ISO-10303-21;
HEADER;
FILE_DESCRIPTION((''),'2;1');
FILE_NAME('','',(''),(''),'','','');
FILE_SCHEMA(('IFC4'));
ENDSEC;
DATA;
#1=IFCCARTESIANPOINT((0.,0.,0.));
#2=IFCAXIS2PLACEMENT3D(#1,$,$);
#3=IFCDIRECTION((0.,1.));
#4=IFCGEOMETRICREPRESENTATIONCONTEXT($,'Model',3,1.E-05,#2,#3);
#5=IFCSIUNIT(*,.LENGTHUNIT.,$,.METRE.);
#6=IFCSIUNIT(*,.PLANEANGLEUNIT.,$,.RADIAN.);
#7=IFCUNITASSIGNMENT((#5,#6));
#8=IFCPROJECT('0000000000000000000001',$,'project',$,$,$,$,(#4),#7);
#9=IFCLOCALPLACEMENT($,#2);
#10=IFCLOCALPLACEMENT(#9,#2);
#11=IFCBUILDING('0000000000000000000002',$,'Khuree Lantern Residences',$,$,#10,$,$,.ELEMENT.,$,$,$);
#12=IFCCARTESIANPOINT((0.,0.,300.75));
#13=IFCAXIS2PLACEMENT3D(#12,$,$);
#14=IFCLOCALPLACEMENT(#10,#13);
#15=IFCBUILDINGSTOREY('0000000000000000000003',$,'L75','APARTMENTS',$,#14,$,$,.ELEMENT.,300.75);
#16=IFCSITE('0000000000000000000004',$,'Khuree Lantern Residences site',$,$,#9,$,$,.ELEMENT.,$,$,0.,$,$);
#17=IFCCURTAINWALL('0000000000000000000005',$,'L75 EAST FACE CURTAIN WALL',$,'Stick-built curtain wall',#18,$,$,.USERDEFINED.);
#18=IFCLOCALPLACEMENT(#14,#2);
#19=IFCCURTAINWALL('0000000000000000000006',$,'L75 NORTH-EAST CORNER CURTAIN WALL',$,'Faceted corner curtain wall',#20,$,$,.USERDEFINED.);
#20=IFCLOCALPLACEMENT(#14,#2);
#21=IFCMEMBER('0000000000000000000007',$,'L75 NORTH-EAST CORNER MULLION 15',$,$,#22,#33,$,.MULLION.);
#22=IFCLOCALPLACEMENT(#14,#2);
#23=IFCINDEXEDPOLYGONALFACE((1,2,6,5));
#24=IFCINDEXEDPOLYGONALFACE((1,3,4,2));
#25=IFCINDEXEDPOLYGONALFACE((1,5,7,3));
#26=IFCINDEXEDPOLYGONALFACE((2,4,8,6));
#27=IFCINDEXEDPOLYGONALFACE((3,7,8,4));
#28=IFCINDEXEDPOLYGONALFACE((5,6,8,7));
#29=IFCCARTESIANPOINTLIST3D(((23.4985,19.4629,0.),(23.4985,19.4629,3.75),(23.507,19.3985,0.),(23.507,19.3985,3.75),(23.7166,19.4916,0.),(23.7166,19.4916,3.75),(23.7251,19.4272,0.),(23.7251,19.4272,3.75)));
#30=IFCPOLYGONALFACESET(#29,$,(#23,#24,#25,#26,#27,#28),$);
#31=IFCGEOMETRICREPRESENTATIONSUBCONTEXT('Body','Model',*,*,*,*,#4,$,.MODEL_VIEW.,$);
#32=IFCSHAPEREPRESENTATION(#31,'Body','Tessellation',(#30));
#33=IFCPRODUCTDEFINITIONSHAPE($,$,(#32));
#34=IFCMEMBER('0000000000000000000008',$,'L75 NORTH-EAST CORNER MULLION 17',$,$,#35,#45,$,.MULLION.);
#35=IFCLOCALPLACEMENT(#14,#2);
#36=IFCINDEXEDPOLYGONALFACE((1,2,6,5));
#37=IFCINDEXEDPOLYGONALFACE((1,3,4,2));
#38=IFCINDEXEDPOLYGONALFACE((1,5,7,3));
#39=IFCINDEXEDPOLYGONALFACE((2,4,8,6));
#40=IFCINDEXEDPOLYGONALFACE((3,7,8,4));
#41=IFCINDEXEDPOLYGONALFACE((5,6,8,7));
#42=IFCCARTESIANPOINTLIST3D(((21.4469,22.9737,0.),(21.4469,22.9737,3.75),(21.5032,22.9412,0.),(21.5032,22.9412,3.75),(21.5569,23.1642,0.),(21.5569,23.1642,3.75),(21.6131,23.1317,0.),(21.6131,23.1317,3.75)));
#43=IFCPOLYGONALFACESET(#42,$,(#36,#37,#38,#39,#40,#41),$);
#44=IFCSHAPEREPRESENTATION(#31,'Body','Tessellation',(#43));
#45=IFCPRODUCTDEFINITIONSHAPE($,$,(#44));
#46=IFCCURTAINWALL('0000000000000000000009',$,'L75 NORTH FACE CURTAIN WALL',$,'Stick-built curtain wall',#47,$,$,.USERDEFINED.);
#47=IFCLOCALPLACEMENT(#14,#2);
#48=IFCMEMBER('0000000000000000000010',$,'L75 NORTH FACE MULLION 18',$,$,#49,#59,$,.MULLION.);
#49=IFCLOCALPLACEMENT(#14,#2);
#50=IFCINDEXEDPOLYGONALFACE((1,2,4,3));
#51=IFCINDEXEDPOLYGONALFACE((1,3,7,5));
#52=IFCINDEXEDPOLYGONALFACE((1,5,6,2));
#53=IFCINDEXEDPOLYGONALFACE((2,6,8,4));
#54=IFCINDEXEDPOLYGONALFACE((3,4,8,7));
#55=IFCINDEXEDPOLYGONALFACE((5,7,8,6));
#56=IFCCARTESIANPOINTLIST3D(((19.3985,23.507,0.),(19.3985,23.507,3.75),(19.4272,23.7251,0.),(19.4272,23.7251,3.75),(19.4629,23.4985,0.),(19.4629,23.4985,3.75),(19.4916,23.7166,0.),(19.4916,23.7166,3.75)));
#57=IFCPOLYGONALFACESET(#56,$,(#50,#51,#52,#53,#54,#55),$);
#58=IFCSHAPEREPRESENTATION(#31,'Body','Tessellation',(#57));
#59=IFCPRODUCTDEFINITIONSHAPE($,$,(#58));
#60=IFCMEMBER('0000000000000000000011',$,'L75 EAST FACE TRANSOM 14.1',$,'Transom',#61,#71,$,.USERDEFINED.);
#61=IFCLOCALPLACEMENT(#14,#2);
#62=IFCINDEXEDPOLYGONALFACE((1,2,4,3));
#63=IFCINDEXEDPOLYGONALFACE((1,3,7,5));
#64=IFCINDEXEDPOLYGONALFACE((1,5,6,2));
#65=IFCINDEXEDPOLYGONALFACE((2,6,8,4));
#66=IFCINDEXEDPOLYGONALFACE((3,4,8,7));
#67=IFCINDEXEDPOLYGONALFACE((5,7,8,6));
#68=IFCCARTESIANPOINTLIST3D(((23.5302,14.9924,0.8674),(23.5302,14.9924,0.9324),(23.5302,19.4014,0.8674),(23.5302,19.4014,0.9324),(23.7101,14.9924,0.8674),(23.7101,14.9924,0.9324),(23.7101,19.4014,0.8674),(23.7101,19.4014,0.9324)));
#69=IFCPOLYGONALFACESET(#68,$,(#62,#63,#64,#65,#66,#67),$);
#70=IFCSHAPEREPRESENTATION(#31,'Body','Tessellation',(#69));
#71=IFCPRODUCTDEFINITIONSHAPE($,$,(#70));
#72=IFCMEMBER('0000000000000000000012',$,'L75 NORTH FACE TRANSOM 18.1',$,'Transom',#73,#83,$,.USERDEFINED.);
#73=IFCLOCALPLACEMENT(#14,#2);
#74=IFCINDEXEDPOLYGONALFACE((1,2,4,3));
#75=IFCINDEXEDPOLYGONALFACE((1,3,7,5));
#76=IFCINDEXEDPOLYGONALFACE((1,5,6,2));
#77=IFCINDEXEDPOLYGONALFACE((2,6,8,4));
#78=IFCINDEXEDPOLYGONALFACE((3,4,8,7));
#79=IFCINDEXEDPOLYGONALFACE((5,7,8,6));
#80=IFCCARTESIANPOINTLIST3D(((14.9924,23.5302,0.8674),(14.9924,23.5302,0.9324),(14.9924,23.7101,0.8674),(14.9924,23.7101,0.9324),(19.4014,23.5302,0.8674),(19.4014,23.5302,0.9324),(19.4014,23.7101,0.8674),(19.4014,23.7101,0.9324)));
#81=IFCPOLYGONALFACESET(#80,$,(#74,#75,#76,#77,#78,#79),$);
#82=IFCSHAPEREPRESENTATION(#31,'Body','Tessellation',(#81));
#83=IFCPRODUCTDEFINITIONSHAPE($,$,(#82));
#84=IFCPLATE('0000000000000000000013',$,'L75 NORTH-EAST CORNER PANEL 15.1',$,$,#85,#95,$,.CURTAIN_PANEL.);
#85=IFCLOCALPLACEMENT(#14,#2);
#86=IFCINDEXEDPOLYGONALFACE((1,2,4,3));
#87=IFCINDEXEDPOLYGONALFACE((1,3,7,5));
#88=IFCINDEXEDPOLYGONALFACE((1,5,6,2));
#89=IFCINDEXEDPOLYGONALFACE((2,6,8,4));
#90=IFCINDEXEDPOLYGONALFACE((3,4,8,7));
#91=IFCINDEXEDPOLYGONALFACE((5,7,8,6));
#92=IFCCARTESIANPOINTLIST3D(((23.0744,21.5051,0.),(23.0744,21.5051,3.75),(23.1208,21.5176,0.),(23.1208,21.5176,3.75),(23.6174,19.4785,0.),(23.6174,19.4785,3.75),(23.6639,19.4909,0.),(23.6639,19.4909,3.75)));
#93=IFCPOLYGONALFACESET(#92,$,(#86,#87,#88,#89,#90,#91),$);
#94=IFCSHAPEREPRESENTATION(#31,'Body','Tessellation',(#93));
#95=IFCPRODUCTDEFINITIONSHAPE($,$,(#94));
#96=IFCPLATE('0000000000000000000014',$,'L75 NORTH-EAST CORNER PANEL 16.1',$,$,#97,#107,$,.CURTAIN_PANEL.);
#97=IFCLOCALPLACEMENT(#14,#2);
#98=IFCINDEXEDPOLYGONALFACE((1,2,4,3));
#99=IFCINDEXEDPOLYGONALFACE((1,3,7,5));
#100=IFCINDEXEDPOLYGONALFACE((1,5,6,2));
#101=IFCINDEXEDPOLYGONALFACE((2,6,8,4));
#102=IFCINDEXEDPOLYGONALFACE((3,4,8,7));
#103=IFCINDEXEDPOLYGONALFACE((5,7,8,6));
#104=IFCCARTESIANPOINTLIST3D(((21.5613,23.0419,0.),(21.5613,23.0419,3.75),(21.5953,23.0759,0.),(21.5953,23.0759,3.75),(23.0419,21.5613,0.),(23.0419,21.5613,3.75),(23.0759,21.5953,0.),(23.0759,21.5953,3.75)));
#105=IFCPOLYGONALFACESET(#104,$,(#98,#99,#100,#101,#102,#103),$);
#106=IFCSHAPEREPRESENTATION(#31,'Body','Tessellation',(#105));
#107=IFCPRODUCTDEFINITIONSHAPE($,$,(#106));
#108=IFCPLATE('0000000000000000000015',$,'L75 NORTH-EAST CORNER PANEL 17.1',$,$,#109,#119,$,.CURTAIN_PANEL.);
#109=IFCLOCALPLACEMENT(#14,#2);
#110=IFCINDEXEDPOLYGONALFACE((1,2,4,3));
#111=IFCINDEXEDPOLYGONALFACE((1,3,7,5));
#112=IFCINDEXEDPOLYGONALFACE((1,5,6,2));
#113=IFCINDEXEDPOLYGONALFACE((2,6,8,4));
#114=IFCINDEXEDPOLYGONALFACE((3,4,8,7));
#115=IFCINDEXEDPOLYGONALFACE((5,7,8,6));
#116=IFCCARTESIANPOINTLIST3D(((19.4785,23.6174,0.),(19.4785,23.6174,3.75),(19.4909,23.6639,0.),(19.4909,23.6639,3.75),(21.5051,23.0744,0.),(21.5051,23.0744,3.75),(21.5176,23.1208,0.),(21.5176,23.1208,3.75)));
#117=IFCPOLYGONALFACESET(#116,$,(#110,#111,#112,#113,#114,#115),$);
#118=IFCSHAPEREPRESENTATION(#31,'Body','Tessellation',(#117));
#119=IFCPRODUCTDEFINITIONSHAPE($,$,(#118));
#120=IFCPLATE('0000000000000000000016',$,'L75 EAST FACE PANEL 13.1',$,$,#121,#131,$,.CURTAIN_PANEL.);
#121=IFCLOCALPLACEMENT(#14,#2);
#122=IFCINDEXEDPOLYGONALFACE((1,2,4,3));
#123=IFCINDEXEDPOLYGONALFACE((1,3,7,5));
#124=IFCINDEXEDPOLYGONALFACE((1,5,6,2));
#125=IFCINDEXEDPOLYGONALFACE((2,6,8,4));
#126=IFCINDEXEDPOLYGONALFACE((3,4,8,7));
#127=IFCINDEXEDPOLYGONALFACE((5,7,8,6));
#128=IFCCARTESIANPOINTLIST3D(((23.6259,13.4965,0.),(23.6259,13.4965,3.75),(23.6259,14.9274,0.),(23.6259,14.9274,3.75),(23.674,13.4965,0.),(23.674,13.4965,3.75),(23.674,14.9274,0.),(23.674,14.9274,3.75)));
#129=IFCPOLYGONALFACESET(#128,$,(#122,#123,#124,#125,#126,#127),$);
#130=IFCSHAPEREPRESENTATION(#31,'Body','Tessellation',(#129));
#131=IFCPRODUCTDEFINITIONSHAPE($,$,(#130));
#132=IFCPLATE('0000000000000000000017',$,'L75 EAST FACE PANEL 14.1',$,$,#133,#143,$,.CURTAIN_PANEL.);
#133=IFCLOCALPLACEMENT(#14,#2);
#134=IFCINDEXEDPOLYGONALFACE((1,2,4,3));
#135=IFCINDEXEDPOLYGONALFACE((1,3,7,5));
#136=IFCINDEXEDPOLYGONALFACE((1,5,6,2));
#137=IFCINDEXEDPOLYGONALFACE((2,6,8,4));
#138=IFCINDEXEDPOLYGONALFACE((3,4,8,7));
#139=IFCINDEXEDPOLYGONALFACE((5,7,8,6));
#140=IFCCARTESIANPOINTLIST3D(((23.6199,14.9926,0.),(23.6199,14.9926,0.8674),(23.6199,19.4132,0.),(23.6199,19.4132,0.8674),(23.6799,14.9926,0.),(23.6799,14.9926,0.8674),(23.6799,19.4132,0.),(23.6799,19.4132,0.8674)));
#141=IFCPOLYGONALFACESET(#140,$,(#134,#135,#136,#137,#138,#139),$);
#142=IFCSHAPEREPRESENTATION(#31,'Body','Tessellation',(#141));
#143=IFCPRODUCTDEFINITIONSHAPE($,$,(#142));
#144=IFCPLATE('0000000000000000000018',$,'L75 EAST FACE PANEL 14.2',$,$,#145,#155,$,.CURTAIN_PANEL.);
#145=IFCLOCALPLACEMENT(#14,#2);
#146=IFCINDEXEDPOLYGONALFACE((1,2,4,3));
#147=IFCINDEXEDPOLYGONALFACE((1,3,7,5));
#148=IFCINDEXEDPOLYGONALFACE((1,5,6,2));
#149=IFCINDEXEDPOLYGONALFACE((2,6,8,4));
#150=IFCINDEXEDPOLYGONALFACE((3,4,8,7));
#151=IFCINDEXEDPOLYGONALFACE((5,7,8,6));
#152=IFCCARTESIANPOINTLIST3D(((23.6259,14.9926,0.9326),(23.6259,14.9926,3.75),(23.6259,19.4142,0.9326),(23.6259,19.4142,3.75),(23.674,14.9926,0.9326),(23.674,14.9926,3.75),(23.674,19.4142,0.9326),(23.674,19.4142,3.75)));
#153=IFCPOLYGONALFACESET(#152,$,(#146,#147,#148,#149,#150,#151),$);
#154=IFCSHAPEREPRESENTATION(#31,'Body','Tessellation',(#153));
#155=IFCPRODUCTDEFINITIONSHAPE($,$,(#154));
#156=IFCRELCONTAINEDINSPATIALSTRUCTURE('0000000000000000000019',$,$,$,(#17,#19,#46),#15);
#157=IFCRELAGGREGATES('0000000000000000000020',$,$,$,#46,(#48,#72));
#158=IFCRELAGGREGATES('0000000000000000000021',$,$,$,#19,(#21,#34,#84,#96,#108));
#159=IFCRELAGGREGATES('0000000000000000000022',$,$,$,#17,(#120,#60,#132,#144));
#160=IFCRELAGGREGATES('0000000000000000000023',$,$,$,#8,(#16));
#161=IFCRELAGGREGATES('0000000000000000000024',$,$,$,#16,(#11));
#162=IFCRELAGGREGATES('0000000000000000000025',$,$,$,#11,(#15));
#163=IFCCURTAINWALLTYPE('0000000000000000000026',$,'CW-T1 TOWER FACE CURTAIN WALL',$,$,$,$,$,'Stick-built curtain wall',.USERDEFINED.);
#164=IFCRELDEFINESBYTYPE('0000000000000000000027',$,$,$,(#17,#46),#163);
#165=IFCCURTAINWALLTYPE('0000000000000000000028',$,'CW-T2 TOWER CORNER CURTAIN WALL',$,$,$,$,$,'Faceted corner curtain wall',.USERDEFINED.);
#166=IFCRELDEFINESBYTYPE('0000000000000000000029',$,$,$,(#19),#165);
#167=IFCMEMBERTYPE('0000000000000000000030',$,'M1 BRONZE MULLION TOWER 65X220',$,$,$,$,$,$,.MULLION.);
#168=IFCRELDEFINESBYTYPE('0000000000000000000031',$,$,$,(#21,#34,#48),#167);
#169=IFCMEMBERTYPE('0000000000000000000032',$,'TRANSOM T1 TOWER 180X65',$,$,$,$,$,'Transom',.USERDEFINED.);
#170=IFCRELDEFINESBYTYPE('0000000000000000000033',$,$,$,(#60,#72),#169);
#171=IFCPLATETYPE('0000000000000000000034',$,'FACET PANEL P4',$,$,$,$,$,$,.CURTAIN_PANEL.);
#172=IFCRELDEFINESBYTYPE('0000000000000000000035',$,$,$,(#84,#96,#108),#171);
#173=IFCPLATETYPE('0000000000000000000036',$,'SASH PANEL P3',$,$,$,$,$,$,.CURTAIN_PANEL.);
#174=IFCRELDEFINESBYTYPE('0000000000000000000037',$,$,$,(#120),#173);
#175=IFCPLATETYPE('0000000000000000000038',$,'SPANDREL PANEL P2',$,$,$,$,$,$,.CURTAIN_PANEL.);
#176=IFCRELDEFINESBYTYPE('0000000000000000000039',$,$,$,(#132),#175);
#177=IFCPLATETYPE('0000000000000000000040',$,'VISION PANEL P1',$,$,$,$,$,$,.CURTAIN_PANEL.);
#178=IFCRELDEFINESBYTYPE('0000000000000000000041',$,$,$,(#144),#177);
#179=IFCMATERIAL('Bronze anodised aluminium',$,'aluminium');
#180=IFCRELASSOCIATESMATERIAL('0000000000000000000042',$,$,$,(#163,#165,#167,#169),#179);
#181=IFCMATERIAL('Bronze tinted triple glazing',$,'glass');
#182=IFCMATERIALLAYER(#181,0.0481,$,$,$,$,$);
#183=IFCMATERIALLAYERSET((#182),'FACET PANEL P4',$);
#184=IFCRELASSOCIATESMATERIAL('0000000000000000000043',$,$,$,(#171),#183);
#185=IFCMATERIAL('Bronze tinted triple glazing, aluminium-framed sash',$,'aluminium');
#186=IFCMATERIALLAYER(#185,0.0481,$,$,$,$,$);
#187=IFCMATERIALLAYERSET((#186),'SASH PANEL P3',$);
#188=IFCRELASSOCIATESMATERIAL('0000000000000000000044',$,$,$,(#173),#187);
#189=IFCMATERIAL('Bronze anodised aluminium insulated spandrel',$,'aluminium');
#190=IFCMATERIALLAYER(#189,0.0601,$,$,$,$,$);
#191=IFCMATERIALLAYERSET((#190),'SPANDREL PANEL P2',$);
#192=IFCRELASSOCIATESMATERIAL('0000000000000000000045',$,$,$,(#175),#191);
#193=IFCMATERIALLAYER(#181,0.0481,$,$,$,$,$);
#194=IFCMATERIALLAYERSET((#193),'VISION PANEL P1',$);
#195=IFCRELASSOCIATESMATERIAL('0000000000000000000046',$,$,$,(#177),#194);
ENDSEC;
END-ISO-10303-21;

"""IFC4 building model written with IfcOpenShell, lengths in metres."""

from ifc_helpers import new_model, si_unit, direction, frame, origin, origin_2d, place, context, subcontext, project, spatial, rectangle, extrude, material, layer, layer_set, material_profile, profile_set, type_object, element, aggregate, save


model = new_model("IFC4")

# Units and contexts
model_context = context("Model", 3, precision=1e-05, world=origin(), true_north=direction((0.0, 1.0)))
body_context = subcontext(model_context, "Body", "Model", "MODEL_VIEW")
ifc_project = project(units=[si_unit("LENGTHUNIT", "METRE"), si_unit("PLANEANGLEUNIT", "RADIAN")], contexts=[model_context])

# Site, building, storey
site_placement = place(None, origin())
site = spatial("IfcSite", under=ifc_project, at=site_placement, Name="Khuree Lantern Residences site", CompositionType="ELEMENT", RefElevation=0.0)
building_placement = place(site_placement, origin())
building = spatial("IfcBuilding", under=site, at=building_placement, Name="Khuree Lantern Residences", CompositionType="ELEMENT")
storey_placement = place(building_placement, frame((0.0, 0.0, 300.75)))
storey = spatial("IfcBuildingStorey", under=building, at=storey_placement, Name="L75", Description="APARTMENTS", CompositionType="ELEMENT", Elevation=300.75)

# Curtain walls
ifc_material_1 = material(Name="Bronze anodised aluminium", Category="aluminium")
curtain_wall_type_1 = type_object("IfcCurtainWallType", Name="CW-T1 TOWER FACE CURTAIN WALL", ElementType="Stick-built curtain wall", PredefinedType="USERDEFINED", material=ifc_material_1)
curtain_wall_1_placement = place(storey_placement, origin())
curtain_wall_1 = element("IfcCurtainWall", 1, at=curtain_wall_1_placement, inside=storey, type_object=curtain_wall_type_1, Name="L75 EAST FACE CURTAIN WALL", ObjectType="Stick-built curtain wall", PredefinedType="USERDEFINED")
curtain_wall_type_2 = type_object("IfcCurtainWallType", Name="CW-T2 TOWER CORNER CURTAIN WALL", ElementType="Faceted corner curtain wall", PredefinedType="USERDEFINED", material=ifc_material_1)
curtain_wall_2_placement = place(storey_placement, origin())
curtain_wall_2 = element("IfcCurtainWall", 2, at=curtain_wall_2_placement, inside=storey, type_object=curtain_wall_type_2, Name="L75 NORTH-EAST CORNER CURTAIN WALL", ObjectType="Faceted corner curtain wall", PredefinedType="USERDEFINED")

# Members
ifc_material_profile_1 = material_profile(ifc_material_1, rectangle(XDim=0.0649, YDim=0.22, at=origin_2d()), Name="M1 65X220")
ifc_profile_set_1 = profile_set([ifc_material_profile_1], Name="Bronze anodised aluminium")
member_type_1 = type_object("IfcMemberType", Name="M1 BRONZE MULLION TOWER 65X220", PredefinedType="MULLION", material=ifc_profile_set_1)
member_1_placement = place(storey_placement, frame((23.6118, 19.4451, 0.0), z_axis=(0.0, 0.0, 1.0), x_axis=(-0.130526, 0.991445, 0.0)))
member_1 = element("IfcMember", 3, at=member_1_placement, type_object=member_type_1, Name="L75 NORTH-EAST CORNER MULLION 15", PredefinedType="MULLION", context=body_context, shape_type="SweptSolid", body=[
    extrude(rectangle(XDim=0.0649, YDim=0.22, at=origin_2d()), origin(), (0.0, 0.0, 1.0), 3.75),
])
member_2_placement = place(storey_placement, frame((21.53, 23.0527, 0.0), z_axis=(0.0, 0.0, 1.0), x_axis=(-0.866025, 0.5, 0.0)))
member_2 = element("IfcMember", 4, at=member_2_placement, type_object=member_type_1, Name="L75 NORTH-EAST CORNER MULLION 17", PredefinedType="MULLION", context=body_context, shape_type="SweptSolid", body=[
    extrude(rectangle(XDim=0.0649, YDim=0.22, at=origin_2d()), origin(), (0.0, 0.0, 1.0), 3.75),
])

# Curtain wall, member
curtain_wall_3_placement = place(storey_placement, origin())
curtain_wall_3 = element("IfcCurtainWall", 5, at=curtain_wall_3_placement, inside=storey, type_object=curtain_wall_type_1, Name="L75 NORTH FACE CURTAIN WALL", ObjectType="Stick-built curtain wall", PredefinedType="USERDEFINED")
member_3_placement = place(storey_placement, frame((19.4451, 23.6118, 0.0), z_axis=(0.0, 0.0, 1.0), x_axis=(-0.991445, 0.130526, 0.0)))
member_3 = element("IfcMember", 6, at=member_3_placement, type_object=member_type_1, Name="L75 NORTH FACE MULLION 18", PredefinedType="MULLION", context=body_context, shape_type="SweptSolid", body=[
    extrude(rectangle(XDim=0.0649, YDim=0.22, at=origin_2d()), origin(), (0.0, 0.0, 1.0), 3.75),
])

# Members
ifc_material_profile_2 = material_profile(ifc_material_1, rectangle(XDim=0.1799, YDim=0.0649, at=origin_2d()), Name="T1 180X65")
ifc_profile_set_2 = profile_set([ifc_material_profile_2], Name="Bronze anodised aluminium")
member_type_2 = type_object("IfcMemberType", Name="TRANSOM T1 TOWER 180X65", ElementType="Transom", PredefinedType="USERDEFINED", material=ifc_profile_set_2)
member_4_placement = place(storey_placement, frame((23.6201, 14.9924, 0.8999), z_axis=(0.0, 1.0, 0.0), x_axis=(-1.0, 0.0, 0.0)))
member_4 = element("IfcMember", 7, at=member_4_placement, type_object=member_type_2, Name="L75 EAST FACE TRANSOM 14.1", ObjectType="Transom", PredefinedType="USERDEFINED", context=body_context, shape_type="SweptSolid", body=[
    extrude(rectangle(XDim=0.1799, YDim=0.0649, at=origin_2d()), origin(), (0.0, 0.0, 1.0), 4.4089),
])
member_5_placement = place(storey_placement, frame((19.4014, 23.6201, 0.8999), z_axis=(-1.0, 0.0, 0.0), x_axis=(0.0, -1.0, 0.0)))
member_5 = element("IfcMember", 8, at=member_5_placement, type_object=member_type_2, Name="L75 NORTH FACE TRANSOM 18.1", ObjectType="Transom", PredefinedType="USERDEFINED", context=body_context, shape_type="SweptSolid", body=[
    extrude(rectangle(XDim=0.1799, YDim=0.0649, at=origin_2d()), origin(), (0.0, 0.0, 1.0), 4.4089),
])
aggregate(curtain_wall_3, [member_3, member_5])

# Plates
ifc_material_2 = material(Name="Bronze tinted triple glazing", Category="glass")
ifc_layer_1 = layer(ifc_material_2, 0.0481)
ifc_layer_set_1 = layer_set([ifc_layer_1], Name="FACET PANEL P4")
plate_type_1 = type_object("IfcPlateType", Name="FACET PANEL P4", PredefinedType="CURTAIN_PANEL", material=ifc_layer_set_1)
plate_1_placement = place(storey_placement, frame((23.3691, 20.498, 0.0), z_axis=(0.0, 0.0, 1.0), x_axis=(-0.258819, 0.965926, 0.0)))
plate_1 = element("IfcPlate", 9, at=plate_1_placement, type_object=plate_type_1, Name="L75 NORTH-EAST CORNER PANEL 15.1", PredefinedType="CURTAIN_PANEL", context=body_context, shape_type="SweptSolid", body=[
    extrude(rectangle(XDim=2.0981, YDim=0.0481, at=origin_2d()), origin(), (0.0, 0.0, 1.0), 3.75),
])
plate_2_placement = place(storey_placement, frame((22.3186, 22.3186, 0.0), z_axis=(0.0, 0.0, 1.0), x_axis=(-0.707107, 0.707107, 0.0)))
plate_2 = element("IfcPlate", 10, at=plate_2_placement, type_object=plate_type_1, Name="L75 NORTH-EAST CORNER PANEL 16.1", PredefinedType="CURTAIN_PANEL", context=body_context, shape_type="SweptSolid", body=[
    extrude(rectangle(XDim=2.094, YDim=0.0481, at=origin_2d()), origin(), (0.0, 0.0, 1.0), 3.75),
])
plate_3_placement = place(storey_placement, frame((20.498, 23.3691, 0.0), z_axis=(0.0, 0.0, 1.0), x_axis=(-0.965926, 0.258819, 0.0)))
plate_3 = element("IfcPlate", 11, at=plate_3_placement, type_object=plate_type_1, Name="L75 NORTH-EAST CORNER PANEL 17.1", PredefinedType="CURTAIN_PANEL", context=body_context, shape_type="SweptSolid", body=[
    extrude(rectangle(XDim=2.0981, YDim=0.0481, at=origin_2d()), origin(), (0.0, 0.0, 1.0), 3.75),
])
aggregate(curtain_wall_2, [member_1, member_2, plate_1, plate_2, plate_3])
ifc_material_3 = material(Name="Bronze tinted triple glazing, aluminium-framed sash", Category="aluminium")
ifc_layer_2 = layer(ifc_material_3, 0.0481)
ifc_layer_set_2 = layer_set([ifc_layer_2], Name="SASH PANEL P3")
plate_type_2 = type_object("IfcPlateType", Name="SASH PANEL P3", PredefinedType="CURTAIN_PANEL", material=ifc_layer_set_2)
plate_4_placement = place(storey_placement, frame((23.6499, 14.2119, 0.0), z_axis=(0.0, 0.0, 1.0), x_axis=(0.0, 1.0, 0.0)))
plate_4 = element("IfcPlate", 12, at=plate_4_placement, type_object=plate_type_2, Name="L75 EAST FACE PANEL 13.1", PredefinedType="CURTAIN_PANEL", context=body_context, shape_type="SweptSolid", body=[
    extrude(rectangle(XDim=1.4309, YDim=0.0481, at=origin_2d()), origin(), (0.0, 0.0, 1.0), 3.75),
])
ifc_material_4 = material(Name="Bronze anodised aluminium insulated spandrel", Category="aluminium")
ifc_layer_3 = layer(ifc_material_4, 0.0601)
ifc_layer_set_3 = layer_set([ifc_layer_3], Name="SPANDREL PANEL P2")
plate_type_3 = type_object("IfcPlateType", Name="SPANDREL PANEL P2", PredefinedType="CURTAIN_PANEL", material=ifc_layer_set_3)
plate_5_placement = place(storey_placement, frame((23.6499, 17.2029, 0.0), z_axis=(0.0, 0.0, 1.0), x_axis=(0.0, 1.0, 0.0)))
plate_5 = element("IfcPlate", 13, at=plate_5_placement, type_object=plate_type_3, Name="L75 EAST FACE PANEL 14.1", PredefinedType="CURTAIN_PANEL", context=body_context, shape_type="SweptSolid", body=[
    extrude(rectangle(XDim=4.4207, YDim=0.0601, at=origin_2d()), origin(), (0.0, 0.0, 1.0), 0.8674),
])
ifc_layer_4 = layer(ifc_material_2, 0.0481)
ifc_layer_set_4 = layer_set([ifc_layer_4], Name="VISION PANEL P1")
plate_type_4 = type_object("IfcPlateType", Name="VISION PANEL P1", PredefinedType="CURTAIN_PANEL", material=ifc_layer_set_4)
plate_6_placement = place(storey_placement, frame((23.6499, 17.2034, 0.9326), z_axis=(0.0, 0.0, 1.0), x_axis=(0.0, 1.0, 0.0)))
plate_6 = element("IfcPlate", 14, at=plate_6_placement, type_object=plate_type_4, Name="L75 EAST FACE PANEL 14.2", PredefinedType="CURTAIN_PANEL", context=body_context, shape_type="SweptSolid", body=[
    extrude(rectangle(XDim=4.4216, YDim=0.0481, at=origin_2d()), origin(), (0.0, 0.0, 1.0), 2.8174),
])
aggregate(curtain_wall_1, [plate_4, member_4, plate_5, plate_6])

save(model, "model.ifc")
